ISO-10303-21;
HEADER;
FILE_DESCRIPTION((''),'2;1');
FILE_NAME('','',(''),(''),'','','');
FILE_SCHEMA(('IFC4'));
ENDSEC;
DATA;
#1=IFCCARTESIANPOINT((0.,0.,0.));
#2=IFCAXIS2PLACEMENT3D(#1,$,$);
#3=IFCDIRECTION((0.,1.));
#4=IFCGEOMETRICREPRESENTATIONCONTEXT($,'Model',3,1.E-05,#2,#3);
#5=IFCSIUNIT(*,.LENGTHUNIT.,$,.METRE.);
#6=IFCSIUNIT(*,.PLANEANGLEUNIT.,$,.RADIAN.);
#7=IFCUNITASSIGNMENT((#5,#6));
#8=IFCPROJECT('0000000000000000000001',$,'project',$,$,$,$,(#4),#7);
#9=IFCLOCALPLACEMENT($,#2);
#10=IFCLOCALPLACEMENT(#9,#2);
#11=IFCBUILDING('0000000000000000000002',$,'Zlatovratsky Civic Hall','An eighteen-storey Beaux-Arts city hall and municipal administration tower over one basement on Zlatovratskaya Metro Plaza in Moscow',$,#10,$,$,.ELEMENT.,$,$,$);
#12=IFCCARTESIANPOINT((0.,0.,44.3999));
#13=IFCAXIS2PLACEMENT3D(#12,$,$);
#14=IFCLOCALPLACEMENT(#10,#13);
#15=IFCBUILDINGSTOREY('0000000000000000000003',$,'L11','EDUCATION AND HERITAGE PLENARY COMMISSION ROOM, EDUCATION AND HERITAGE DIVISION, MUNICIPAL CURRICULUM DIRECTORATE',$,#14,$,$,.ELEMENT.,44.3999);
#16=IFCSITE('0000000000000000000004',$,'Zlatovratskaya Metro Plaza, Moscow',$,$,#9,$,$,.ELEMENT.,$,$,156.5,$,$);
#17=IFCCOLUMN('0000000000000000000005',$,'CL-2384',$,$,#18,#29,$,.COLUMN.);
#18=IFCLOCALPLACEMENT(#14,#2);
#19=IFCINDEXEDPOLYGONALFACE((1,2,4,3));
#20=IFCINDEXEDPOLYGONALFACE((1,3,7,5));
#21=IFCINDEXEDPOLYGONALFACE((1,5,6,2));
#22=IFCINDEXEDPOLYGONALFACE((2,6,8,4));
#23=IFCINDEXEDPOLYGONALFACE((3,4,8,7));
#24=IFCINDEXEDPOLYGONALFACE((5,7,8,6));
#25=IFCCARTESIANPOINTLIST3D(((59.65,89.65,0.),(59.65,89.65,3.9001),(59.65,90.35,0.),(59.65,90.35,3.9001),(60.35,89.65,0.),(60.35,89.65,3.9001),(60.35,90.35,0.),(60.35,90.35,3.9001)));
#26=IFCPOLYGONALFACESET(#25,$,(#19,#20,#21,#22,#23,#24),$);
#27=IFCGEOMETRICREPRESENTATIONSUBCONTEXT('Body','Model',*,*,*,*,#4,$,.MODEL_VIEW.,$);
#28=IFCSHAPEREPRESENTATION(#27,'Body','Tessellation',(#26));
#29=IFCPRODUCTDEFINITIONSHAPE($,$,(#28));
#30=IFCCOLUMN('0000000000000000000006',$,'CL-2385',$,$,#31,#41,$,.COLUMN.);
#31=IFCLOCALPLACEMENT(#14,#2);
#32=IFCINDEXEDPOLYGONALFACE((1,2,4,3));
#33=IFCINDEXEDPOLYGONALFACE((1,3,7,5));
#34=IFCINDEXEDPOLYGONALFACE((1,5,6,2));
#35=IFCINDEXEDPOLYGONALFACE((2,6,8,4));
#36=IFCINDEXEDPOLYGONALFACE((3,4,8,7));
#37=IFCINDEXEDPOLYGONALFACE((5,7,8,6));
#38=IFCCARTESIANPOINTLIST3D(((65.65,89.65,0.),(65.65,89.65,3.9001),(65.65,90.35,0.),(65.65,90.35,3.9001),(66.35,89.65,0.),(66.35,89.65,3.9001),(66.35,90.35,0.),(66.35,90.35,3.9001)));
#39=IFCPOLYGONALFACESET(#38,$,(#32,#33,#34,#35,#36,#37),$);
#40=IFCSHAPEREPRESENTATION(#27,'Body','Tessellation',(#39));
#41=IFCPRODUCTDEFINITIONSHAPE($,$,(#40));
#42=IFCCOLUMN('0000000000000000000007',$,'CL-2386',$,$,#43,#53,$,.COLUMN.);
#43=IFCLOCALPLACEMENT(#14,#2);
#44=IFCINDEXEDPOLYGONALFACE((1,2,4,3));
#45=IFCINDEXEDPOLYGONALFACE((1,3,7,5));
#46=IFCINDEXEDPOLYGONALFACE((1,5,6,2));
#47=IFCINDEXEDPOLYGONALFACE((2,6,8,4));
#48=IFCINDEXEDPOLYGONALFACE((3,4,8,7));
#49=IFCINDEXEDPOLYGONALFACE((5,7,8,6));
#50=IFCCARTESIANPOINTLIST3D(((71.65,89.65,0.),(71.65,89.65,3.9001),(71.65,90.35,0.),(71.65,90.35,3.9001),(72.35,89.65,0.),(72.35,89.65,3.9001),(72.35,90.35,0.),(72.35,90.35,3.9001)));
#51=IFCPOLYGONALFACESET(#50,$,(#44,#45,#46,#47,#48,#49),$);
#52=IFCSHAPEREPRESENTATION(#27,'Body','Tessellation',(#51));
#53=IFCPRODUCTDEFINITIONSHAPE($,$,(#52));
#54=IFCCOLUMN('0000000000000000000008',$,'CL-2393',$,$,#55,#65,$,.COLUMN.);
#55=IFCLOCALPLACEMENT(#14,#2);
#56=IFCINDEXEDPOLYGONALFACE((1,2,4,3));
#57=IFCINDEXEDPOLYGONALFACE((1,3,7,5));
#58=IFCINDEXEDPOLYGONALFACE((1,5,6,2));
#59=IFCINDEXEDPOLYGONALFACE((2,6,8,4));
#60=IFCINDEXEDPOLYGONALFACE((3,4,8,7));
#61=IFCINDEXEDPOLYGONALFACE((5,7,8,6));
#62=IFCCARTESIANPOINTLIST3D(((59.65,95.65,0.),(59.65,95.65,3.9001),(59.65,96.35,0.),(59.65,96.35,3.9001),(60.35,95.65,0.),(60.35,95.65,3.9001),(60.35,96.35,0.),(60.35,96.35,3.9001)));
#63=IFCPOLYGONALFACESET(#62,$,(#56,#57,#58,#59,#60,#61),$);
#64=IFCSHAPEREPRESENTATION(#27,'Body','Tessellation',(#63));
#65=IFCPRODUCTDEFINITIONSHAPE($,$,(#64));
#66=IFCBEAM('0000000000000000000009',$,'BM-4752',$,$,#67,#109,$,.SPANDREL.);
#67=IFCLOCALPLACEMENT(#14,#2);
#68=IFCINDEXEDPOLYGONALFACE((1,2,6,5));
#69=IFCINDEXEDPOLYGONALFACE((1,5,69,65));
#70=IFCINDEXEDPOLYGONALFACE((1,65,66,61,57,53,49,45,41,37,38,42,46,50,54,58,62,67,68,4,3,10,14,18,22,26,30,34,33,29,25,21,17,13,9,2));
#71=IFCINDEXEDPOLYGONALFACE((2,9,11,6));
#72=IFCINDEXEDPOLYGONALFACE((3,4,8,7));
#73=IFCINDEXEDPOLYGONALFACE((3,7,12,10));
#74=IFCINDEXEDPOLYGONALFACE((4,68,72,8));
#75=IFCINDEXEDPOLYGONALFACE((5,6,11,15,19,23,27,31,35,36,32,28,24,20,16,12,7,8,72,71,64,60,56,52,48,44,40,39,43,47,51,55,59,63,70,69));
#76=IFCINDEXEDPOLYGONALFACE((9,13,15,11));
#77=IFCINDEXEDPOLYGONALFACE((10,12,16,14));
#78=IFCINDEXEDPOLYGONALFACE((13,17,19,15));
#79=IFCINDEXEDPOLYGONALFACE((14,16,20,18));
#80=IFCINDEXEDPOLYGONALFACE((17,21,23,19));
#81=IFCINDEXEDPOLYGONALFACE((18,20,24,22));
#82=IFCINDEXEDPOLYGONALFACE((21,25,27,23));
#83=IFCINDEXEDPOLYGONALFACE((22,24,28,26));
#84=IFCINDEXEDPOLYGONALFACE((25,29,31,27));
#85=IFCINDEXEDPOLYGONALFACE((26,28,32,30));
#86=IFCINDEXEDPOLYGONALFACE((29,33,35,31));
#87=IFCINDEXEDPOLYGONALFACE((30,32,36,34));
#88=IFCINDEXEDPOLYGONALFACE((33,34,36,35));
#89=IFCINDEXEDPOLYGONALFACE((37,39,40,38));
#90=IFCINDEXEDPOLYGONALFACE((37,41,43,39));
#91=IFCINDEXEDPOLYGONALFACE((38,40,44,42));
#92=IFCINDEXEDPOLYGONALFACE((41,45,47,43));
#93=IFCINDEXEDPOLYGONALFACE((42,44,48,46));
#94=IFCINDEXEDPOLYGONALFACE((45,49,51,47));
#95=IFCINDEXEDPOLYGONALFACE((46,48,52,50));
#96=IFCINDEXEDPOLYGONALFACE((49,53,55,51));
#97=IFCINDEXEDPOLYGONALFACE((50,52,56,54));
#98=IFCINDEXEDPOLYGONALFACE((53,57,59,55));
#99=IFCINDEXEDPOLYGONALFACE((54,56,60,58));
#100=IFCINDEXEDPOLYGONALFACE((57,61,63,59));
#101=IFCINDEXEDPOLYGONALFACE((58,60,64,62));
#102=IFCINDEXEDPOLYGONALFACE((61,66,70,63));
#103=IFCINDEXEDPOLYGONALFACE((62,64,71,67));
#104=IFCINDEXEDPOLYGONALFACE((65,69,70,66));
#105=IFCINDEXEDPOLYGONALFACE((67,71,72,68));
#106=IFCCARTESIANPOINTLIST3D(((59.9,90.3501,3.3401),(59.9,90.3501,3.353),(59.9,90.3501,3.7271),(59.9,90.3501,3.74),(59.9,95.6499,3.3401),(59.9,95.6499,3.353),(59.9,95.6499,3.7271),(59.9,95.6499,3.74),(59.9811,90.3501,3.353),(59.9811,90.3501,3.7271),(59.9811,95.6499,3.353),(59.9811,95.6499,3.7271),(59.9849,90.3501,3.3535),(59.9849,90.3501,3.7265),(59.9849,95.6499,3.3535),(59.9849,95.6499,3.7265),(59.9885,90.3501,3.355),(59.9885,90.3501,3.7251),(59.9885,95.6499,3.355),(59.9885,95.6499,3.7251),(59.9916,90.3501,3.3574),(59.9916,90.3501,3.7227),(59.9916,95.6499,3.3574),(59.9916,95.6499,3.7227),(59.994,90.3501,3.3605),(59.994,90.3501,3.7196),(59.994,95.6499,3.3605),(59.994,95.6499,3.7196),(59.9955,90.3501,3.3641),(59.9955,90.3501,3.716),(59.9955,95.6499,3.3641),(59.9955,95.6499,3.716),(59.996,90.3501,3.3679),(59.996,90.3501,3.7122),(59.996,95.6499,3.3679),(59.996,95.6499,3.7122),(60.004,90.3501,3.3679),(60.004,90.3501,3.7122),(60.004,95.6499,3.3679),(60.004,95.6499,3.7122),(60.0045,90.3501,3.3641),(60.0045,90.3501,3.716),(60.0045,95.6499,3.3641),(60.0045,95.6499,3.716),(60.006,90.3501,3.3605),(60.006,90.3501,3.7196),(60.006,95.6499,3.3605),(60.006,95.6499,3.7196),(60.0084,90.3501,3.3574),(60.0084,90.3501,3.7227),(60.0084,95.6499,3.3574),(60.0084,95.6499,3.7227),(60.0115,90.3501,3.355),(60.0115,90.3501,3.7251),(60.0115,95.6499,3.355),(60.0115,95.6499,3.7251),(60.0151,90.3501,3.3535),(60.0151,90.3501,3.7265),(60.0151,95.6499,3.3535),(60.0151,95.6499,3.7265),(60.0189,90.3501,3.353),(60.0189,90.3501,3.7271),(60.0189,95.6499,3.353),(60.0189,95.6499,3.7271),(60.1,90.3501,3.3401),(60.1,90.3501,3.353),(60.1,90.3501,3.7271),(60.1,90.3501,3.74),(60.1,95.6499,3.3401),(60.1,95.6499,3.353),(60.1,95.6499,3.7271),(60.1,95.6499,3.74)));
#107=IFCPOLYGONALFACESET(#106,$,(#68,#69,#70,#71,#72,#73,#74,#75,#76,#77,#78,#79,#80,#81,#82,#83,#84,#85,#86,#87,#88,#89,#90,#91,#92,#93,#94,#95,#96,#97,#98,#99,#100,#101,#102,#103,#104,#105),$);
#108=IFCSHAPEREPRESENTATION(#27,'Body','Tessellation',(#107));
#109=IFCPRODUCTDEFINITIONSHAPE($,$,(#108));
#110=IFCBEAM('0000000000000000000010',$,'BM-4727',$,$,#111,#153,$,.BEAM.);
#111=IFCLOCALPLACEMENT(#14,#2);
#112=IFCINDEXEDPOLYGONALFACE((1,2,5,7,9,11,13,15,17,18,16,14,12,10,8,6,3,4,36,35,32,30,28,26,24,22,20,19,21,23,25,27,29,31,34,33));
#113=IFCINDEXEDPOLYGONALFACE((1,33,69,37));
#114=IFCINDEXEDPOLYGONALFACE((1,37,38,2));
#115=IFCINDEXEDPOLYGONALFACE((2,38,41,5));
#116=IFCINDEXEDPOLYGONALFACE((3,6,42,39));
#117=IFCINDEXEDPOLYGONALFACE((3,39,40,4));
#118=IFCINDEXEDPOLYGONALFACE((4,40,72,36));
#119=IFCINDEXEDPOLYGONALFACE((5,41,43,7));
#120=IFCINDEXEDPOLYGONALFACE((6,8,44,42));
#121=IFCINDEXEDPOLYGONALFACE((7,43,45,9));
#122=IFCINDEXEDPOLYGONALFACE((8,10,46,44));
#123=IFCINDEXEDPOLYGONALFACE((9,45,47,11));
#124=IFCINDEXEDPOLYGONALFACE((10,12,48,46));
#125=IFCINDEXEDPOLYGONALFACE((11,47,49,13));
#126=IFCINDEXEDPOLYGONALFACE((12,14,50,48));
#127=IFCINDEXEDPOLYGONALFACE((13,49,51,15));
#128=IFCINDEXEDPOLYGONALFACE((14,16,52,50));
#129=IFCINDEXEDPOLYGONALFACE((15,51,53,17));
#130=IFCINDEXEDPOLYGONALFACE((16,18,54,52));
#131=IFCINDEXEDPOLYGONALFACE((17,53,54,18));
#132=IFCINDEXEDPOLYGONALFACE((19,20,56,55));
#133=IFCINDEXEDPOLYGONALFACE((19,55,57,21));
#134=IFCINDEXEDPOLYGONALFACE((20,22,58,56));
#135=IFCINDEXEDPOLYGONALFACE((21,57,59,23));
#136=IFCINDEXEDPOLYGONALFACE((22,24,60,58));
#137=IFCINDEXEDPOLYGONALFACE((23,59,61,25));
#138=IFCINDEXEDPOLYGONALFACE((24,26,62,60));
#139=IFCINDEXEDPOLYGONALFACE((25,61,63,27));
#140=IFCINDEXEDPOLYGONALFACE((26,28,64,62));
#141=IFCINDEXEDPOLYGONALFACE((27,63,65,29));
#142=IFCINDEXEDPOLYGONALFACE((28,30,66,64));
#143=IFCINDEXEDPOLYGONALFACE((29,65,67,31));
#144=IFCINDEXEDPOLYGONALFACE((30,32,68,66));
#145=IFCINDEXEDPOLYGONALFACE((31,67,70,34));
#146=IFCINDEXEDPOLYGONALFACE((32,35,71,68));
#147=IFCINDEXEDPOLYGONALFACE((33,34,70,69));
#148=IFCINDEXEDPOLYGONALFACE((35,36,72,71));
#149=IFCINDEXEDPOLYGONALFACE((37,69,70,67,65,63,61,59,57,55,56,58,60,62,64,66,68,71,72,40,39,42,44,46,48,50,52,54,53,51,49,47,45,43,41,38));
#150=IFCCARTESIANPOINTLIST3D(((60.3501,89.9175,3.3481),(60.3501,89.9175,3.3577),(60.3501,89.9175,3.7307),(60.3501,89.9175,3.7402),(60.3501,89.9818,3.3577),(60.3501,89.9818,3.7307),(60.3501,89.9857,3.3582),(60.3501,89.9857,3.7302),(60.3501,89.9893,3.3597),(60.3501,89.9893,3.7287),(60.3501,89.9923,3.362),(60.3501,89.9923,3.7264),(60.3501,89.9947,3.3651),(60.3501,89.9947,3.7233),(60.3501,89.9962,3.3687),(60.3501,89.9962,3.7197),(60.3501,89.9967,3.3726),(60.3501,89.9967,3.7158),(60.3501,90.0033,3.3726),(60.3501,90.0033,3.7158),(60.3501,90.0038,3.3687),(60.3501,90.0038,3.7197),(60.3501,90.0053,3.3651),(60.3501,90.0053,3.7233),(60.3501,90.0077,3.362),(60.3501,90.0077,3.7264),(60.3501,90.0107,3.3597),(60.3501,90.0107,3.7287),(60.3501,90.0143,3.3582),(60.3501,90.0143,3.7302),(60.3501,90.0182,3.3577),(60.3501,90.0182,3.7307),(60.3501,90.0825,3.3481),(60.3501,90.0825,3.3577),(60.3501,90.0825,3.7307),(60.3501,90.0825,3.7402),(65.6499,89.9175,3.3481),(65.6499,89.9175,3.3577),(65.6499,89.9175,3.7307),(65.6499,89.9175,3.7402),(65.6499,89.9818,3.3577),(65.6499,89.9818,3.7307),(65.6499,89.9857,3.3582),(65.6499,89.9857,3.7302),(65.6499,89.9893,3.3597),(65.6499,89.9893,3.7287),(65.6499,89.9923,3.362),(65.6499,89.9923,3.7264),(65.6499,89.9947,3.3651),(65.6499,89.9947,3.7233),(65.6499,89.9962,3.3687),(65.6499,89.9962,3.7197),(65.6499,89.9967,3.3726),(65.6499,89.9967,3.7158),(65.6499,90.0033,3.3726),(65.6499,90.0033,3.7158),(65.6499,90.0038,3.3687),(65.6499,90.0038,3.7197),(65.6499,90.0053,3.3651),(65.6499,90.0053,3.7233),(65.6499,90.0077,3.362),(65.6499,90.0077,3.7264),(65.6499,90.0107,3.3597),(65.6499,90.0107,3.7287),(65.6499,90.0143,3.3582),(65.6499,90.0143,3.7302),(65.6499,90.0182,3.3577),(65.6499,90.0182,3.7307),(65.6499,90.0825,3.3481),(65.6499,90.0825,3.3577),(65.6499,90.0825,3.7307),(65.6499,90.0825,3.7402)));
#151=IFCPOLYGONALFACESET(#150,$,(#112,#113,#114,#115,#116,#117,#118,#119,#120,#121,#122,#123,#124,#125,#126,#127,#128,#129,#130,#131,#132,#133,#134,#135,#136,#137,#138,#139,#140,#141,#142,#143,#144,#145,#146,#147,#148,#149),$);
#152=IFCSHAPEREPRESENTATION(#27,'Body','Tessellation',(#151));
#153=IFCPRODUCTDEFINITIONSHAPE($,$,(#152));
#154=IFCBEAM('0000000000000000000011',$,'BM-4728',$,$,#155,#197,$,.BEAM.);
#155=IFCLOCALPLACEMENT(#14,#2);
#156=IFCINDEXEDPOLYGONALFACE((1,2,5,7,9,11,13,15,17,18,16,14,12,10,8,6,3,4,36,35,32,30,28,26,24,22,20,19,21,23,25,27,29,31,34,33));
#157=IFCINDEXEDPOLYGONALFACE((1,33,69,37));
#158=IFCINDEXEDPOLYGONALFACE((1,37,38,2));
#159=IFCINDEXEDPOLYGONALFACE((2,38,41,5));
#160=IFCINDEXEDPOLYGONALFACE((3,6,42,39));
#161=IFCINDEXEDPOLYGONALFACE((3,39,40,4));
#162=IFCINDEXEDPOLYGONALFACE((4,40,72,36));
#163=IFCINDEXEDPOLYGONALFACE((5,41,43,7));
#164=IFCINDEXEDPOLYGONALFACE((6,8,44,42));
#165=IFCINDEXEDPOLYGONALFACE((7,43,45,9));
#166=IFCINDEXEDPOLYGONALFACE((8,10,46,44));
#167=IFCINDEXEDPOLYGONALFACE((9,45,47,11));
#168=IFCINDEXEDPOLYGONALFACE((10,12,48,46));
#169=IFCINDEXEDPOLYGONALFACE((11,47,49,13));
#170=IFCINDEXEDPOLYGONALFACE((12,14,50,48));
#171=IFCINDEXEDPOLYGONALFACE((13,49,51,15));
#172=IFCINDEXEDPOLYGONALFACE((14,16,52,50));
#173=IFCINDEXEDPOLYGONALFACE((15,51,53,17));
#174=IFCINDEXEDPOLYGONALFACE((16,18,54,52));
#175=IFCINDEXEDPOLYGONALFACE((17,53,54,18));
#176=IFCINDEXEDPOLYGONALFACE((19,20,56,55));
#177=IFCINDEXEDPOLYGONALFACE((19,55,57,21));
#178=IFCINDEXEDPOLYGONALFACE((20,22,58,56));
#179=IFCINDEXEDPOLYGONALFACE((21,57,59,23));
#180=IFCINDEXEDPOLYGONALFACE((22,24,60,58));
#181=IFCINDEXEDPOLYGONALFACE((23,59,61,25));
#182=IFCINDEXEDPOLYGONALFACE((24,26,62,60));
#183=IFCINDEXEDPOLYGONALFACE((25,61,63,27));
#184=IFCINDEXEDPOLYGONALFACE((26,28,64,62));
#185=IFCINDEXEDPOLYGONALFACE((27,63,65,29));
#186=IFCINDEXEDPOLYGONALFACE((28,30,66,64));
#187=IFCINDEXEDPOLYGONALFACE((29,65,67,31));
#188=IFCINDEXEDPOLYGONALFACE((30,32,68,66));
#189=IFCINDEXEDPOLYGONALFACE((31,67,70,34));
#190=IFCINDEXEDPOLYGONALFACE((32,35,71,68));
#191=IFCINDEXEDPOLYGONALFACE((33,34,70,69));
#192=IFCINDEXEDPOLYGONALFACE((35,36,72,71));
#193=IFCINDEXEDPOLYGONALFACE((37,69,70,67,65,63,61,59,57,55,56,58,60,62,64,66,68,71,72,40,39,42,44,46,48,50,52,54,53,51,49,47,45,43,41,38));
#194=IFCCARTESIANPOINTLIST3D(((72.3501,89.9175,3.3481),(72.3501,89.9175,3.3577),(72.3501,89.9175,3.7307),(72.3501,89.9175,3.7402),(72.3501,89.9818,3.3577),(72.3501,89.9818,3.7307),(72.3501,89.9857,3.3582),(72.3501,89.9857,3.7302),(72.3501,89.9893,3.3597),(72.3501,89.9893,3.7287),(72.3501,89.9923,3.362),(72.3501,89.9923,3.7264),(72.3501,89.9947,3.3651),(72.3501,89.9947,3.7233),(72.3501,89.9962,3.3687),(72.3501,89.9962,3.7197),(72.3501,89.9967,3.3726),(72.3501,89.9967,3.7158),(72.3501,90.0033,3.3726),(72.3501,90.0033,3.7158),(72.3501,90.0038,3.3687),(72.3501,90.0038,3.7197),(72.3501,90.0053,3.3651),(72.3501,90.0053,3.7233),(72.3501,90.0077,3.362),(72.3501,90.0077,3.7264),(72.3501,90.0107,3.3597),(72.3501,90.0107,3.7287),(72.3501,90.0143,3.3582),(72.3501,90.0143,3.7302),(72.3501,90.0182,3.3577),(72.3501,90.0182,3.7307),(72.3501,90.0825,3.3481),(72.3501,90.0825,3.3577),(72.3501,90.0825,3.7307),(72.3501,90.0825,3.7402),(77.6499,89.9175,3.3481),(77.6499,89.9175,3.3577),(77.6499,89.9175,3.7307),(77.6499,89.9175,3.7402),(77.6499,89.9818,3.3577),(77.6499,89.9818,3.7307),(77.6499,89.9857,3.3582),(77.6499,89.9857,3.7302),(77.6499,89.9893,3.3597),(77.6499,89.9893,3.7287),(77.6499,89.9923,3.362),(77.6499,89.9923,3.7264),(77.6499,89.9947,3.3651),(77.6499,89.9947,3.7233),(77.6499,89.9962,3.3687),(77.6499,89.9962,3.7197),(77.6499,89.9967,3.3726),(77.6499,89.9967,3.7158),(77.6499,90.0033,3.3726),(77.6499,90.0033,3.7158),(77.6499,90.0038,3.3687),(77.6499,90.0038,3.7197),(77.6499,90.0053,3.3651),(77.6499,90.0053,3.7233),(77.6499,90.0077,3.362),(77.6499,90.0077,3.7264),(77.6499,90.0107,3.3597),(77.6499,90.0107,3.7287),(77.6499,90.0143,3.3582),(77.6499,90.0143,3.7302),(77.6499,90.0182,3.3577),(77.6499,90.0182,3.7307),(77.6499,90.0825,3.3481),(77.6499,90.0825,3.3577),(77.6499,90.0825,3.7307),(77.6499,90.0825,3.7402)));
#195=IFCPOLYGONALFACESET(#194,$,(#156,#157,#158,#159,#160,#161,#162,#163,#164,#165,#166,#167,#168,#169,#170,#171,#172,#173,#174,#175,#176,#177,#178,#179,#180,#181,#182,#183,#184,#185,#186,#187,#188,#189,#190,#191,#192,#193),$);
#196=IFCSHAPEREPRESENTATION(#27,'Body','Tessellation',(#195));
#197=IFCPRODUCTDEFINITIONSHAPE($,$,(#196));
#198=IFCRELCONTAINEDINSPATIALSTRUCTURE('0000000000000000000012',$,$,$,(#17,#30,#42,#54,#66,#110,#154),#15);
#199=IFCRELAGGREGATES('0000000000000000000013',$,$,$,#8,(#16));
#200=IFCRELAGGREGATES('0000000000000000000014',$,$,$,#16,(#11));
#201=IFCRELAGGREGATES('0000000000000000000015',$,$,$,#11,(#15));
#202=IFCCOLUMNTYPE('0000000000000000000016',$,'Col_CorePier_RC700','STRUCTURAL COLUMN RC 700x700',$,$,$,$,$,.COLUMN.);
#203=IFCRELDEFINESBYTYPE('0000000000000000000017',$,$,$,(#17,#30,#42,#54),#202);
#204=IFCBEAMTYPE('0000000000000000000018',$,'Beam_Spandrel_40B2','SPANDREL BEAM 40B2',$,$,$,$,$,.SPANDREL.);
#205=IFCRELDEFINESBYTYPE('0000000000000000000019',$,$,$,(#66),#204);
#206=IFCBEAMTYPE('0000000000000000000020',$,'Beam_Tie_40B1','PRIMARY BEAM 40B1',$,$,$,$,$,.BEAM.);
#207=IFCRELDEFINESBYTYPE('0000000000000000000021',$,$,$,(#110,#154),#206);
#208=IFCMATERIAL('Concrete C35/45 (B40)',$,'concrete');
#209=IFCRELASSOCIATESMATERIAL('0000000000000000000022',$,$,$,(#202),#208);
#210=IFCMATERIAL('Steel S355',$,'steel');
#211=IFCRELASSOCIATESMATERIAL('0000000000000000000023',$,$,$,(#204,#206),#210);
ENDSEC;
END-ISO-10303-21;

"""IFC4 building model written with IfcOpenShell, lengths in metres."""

from ifc_helpers import new_model, si_unit, direction, frame, origin, origin_2d, place, context, subcontext, project, spatial, rectangle, i_section, extrude, material, material_profile, profile_set, type_object, element, save


model = new_model("IFC4")

# Units and contexts
model_context = context("Model", 3, precision=1e-05, world=origin(), true_north=direction((0.0, 1.0)))
body_context = subcontext(model_context, "Body", "Model", "MODEL_VIEW")
ifc_project = project(units=[si_unit("LENGTHUNIT", "METRE"), si_unit("PLANEANGLEUNIT", "RADIAN")], contexts=[model_context])

# Site, building, storey
site_placement = place(None, origin())
site = spatial("IfcSite", under=ifc_project, at=site_placement, Name="Zlatovratskaya Metro Plaza, Moscow", CompositionType="ELEMENT", RefElevation=156.5)
building_placement = place(site_placement, origin())
building = spatial("IfcBuilding", under=site, at=building_placement, Name="Zlatovratsky Civic Hall", Description="An eighteen-storey Beaux-Arts city hall and municipal administration tower over one basement on Zlatovratskaya Metro Plaza in Moscow", CompositionType="ELEMENT")
storey_placement = place(building_placement, frame((0.0, 0.0, 44.3999)))
storey = spatial("IfcBuildingStorey", under=building, at=storey_placement, Name="L11", Description="EDUCATION AND HERITAGE PLENARY COMMISSION ROOM, EDUCATION AND HERITAGE DIVISION, MUNICIPAL CURRICULUM DIRECTORATE", CompositionType="ELEMENT", Elevation=44.3999)

# Columns
ifc_material_1 = material(Name="Concrete C35/45 (B40)", Category="concrete")
ifc_material_profile_1 = material_profile(ifc_material_1, rectangle(XDim=0.7, YDim=0.7, at=origin_2d()), Name="RC 700x700")
ifc_profile_set_1 = profile_set([ifc_material_profile_1], Name="Concrete C35/45 (B40)")
column_type = type_object("IfcColumnType", Name="Col_CorePier_RC700", Description="STRUCTURAL COLUMN RC 700x700", PredefinedType="COLUMN", material=ifc_profile_set_1)
for number, where, z_axis, x_axis, name in (
    (1, (60.0, 90.0, 0.0), (0.0, 0.0, 1.0), (1.0, 0.0, 0.0), "CL-2384"),
    (2, (66.0, 90.0, 0.0), (0.0, 0.0, 1.0), (1.0, 0.0, 0.0), "CL-2385"),
    (3, (72.0, 90.0, 0.0), (0.0, 0.0, 1.0), (1.0, 0.0, 0.0), "CL-2386"),
    (4, (60.0, 96.0, 0.0), (0.0, 0.0, 1.0), (1.0, 0.0, 0.0), "CL-2393"),
):
    element("IfcColumn", number, at=place(storey_placement, frame(where, z_axis=z_axis, x_axis=x_axis)), inside=storey, type_object=column_type, Name=name, PredefinedType="COLUMN", context=body_context, shape_type="SweptSolid", body=[
        extrude(rectangle(XDim=0.7, YDim=0.7, at=origin_2d()), origin(), (0.0, 0.0, 1.0), 3.9001),
    ])

# Beams
ifc_material_2 = material(Name="Steel S355", Category="steel")
ifc_material_profile_2 = material_profile(ifc_material_2, i_section(OverallWidth=0.2, OverallDepth=0.3999, WebThickness=0.0081, FlangeThickness=0.0129, FilletRadius=0.0149, at=origin_2d()), Name="40B2")
ifc_profile_set_2 = profile_set([ifc_material_profile_2], Name="Steel S355")
beam_type_1 = type_object("IfcBeamType", Name="Beam_Spandrel_40B2", Description="SPANDREL BEAM 40B2", PredefinedType="SPANDREL", material=ifc_profile_set_2)
beam_placement = place(storey_placement, frame((60.0, 90.3501, 3.54), z_axis=(0.0, 1.0, 0.0), x_axis=(-1.0, 0.0, 0.0)))
element("IfcBeam", 5, at=beam_placement, inside=storey, type_object=beam_type_1, Name="BM-4752", PredefinedType="SPANDREL", context=body_context, shape_type="SweptSolid", body=[
    extrude(i_section(OverallWidth=0.2, OverallDepth=0.3999, WebThickness=0.0081, FlangeThickness=0.0129, FilletRadius=0.0149, at=origin_2d()), origin(), (0.0, 0.0, 1.0), 5.2998),
])
ifc_material_profile_3 = material_profile(ifc_material_2, i_section(OverallWidth=0.165, OverallDepth=0.3921, WebThickness=0.0066, FlangeThickness=0.0095, FilletRadius=0.0149, at=origin_2d()), Name="40B1")
ifc_profile_set_3 = profile_set([ifc_material_profile_3], Name="Steel S355")
beam_type_2 = type_object("IfcBeamType", Name="Beam_Tie_40B1", Description="PRIMARY BEAM 40B1", PredefinedType="BEAM", material=ifc_profile_set_3)
for number, where, z_axis, x_axis, name in (
    (6, (60.3501, 90.0, 3.5442), (1.0, 0.0, 0.0), (0.0, 1.0, 0.0), "BM-4727"),
    (7, (72.3501, 90.0, 3.5442), (1.0, 0.0, 0.0), (0.0, 1.0, 0.0), "BM-4728"),
):
    element("IfcBeam", number, at=place(storey_placement, frame(where, z_axis=z_axis, x_axis=x_axis)), inside=storey, type_object=beam_type_2, Name=name, PredefinedType="BEAM", context=body_context, shape_type="SweptSolid", body=[
        extrude(i_section(OverallWidth=0.165, OverallDepth=0.3921, WebThickness=0.0066, FlangeThickness=0.0095, FilletRadius=0.0149, at=origin_2d()), origin(), (0.0, 0.0, 1.0), 5.2998),
    ])

save(model, "model.ifc")
